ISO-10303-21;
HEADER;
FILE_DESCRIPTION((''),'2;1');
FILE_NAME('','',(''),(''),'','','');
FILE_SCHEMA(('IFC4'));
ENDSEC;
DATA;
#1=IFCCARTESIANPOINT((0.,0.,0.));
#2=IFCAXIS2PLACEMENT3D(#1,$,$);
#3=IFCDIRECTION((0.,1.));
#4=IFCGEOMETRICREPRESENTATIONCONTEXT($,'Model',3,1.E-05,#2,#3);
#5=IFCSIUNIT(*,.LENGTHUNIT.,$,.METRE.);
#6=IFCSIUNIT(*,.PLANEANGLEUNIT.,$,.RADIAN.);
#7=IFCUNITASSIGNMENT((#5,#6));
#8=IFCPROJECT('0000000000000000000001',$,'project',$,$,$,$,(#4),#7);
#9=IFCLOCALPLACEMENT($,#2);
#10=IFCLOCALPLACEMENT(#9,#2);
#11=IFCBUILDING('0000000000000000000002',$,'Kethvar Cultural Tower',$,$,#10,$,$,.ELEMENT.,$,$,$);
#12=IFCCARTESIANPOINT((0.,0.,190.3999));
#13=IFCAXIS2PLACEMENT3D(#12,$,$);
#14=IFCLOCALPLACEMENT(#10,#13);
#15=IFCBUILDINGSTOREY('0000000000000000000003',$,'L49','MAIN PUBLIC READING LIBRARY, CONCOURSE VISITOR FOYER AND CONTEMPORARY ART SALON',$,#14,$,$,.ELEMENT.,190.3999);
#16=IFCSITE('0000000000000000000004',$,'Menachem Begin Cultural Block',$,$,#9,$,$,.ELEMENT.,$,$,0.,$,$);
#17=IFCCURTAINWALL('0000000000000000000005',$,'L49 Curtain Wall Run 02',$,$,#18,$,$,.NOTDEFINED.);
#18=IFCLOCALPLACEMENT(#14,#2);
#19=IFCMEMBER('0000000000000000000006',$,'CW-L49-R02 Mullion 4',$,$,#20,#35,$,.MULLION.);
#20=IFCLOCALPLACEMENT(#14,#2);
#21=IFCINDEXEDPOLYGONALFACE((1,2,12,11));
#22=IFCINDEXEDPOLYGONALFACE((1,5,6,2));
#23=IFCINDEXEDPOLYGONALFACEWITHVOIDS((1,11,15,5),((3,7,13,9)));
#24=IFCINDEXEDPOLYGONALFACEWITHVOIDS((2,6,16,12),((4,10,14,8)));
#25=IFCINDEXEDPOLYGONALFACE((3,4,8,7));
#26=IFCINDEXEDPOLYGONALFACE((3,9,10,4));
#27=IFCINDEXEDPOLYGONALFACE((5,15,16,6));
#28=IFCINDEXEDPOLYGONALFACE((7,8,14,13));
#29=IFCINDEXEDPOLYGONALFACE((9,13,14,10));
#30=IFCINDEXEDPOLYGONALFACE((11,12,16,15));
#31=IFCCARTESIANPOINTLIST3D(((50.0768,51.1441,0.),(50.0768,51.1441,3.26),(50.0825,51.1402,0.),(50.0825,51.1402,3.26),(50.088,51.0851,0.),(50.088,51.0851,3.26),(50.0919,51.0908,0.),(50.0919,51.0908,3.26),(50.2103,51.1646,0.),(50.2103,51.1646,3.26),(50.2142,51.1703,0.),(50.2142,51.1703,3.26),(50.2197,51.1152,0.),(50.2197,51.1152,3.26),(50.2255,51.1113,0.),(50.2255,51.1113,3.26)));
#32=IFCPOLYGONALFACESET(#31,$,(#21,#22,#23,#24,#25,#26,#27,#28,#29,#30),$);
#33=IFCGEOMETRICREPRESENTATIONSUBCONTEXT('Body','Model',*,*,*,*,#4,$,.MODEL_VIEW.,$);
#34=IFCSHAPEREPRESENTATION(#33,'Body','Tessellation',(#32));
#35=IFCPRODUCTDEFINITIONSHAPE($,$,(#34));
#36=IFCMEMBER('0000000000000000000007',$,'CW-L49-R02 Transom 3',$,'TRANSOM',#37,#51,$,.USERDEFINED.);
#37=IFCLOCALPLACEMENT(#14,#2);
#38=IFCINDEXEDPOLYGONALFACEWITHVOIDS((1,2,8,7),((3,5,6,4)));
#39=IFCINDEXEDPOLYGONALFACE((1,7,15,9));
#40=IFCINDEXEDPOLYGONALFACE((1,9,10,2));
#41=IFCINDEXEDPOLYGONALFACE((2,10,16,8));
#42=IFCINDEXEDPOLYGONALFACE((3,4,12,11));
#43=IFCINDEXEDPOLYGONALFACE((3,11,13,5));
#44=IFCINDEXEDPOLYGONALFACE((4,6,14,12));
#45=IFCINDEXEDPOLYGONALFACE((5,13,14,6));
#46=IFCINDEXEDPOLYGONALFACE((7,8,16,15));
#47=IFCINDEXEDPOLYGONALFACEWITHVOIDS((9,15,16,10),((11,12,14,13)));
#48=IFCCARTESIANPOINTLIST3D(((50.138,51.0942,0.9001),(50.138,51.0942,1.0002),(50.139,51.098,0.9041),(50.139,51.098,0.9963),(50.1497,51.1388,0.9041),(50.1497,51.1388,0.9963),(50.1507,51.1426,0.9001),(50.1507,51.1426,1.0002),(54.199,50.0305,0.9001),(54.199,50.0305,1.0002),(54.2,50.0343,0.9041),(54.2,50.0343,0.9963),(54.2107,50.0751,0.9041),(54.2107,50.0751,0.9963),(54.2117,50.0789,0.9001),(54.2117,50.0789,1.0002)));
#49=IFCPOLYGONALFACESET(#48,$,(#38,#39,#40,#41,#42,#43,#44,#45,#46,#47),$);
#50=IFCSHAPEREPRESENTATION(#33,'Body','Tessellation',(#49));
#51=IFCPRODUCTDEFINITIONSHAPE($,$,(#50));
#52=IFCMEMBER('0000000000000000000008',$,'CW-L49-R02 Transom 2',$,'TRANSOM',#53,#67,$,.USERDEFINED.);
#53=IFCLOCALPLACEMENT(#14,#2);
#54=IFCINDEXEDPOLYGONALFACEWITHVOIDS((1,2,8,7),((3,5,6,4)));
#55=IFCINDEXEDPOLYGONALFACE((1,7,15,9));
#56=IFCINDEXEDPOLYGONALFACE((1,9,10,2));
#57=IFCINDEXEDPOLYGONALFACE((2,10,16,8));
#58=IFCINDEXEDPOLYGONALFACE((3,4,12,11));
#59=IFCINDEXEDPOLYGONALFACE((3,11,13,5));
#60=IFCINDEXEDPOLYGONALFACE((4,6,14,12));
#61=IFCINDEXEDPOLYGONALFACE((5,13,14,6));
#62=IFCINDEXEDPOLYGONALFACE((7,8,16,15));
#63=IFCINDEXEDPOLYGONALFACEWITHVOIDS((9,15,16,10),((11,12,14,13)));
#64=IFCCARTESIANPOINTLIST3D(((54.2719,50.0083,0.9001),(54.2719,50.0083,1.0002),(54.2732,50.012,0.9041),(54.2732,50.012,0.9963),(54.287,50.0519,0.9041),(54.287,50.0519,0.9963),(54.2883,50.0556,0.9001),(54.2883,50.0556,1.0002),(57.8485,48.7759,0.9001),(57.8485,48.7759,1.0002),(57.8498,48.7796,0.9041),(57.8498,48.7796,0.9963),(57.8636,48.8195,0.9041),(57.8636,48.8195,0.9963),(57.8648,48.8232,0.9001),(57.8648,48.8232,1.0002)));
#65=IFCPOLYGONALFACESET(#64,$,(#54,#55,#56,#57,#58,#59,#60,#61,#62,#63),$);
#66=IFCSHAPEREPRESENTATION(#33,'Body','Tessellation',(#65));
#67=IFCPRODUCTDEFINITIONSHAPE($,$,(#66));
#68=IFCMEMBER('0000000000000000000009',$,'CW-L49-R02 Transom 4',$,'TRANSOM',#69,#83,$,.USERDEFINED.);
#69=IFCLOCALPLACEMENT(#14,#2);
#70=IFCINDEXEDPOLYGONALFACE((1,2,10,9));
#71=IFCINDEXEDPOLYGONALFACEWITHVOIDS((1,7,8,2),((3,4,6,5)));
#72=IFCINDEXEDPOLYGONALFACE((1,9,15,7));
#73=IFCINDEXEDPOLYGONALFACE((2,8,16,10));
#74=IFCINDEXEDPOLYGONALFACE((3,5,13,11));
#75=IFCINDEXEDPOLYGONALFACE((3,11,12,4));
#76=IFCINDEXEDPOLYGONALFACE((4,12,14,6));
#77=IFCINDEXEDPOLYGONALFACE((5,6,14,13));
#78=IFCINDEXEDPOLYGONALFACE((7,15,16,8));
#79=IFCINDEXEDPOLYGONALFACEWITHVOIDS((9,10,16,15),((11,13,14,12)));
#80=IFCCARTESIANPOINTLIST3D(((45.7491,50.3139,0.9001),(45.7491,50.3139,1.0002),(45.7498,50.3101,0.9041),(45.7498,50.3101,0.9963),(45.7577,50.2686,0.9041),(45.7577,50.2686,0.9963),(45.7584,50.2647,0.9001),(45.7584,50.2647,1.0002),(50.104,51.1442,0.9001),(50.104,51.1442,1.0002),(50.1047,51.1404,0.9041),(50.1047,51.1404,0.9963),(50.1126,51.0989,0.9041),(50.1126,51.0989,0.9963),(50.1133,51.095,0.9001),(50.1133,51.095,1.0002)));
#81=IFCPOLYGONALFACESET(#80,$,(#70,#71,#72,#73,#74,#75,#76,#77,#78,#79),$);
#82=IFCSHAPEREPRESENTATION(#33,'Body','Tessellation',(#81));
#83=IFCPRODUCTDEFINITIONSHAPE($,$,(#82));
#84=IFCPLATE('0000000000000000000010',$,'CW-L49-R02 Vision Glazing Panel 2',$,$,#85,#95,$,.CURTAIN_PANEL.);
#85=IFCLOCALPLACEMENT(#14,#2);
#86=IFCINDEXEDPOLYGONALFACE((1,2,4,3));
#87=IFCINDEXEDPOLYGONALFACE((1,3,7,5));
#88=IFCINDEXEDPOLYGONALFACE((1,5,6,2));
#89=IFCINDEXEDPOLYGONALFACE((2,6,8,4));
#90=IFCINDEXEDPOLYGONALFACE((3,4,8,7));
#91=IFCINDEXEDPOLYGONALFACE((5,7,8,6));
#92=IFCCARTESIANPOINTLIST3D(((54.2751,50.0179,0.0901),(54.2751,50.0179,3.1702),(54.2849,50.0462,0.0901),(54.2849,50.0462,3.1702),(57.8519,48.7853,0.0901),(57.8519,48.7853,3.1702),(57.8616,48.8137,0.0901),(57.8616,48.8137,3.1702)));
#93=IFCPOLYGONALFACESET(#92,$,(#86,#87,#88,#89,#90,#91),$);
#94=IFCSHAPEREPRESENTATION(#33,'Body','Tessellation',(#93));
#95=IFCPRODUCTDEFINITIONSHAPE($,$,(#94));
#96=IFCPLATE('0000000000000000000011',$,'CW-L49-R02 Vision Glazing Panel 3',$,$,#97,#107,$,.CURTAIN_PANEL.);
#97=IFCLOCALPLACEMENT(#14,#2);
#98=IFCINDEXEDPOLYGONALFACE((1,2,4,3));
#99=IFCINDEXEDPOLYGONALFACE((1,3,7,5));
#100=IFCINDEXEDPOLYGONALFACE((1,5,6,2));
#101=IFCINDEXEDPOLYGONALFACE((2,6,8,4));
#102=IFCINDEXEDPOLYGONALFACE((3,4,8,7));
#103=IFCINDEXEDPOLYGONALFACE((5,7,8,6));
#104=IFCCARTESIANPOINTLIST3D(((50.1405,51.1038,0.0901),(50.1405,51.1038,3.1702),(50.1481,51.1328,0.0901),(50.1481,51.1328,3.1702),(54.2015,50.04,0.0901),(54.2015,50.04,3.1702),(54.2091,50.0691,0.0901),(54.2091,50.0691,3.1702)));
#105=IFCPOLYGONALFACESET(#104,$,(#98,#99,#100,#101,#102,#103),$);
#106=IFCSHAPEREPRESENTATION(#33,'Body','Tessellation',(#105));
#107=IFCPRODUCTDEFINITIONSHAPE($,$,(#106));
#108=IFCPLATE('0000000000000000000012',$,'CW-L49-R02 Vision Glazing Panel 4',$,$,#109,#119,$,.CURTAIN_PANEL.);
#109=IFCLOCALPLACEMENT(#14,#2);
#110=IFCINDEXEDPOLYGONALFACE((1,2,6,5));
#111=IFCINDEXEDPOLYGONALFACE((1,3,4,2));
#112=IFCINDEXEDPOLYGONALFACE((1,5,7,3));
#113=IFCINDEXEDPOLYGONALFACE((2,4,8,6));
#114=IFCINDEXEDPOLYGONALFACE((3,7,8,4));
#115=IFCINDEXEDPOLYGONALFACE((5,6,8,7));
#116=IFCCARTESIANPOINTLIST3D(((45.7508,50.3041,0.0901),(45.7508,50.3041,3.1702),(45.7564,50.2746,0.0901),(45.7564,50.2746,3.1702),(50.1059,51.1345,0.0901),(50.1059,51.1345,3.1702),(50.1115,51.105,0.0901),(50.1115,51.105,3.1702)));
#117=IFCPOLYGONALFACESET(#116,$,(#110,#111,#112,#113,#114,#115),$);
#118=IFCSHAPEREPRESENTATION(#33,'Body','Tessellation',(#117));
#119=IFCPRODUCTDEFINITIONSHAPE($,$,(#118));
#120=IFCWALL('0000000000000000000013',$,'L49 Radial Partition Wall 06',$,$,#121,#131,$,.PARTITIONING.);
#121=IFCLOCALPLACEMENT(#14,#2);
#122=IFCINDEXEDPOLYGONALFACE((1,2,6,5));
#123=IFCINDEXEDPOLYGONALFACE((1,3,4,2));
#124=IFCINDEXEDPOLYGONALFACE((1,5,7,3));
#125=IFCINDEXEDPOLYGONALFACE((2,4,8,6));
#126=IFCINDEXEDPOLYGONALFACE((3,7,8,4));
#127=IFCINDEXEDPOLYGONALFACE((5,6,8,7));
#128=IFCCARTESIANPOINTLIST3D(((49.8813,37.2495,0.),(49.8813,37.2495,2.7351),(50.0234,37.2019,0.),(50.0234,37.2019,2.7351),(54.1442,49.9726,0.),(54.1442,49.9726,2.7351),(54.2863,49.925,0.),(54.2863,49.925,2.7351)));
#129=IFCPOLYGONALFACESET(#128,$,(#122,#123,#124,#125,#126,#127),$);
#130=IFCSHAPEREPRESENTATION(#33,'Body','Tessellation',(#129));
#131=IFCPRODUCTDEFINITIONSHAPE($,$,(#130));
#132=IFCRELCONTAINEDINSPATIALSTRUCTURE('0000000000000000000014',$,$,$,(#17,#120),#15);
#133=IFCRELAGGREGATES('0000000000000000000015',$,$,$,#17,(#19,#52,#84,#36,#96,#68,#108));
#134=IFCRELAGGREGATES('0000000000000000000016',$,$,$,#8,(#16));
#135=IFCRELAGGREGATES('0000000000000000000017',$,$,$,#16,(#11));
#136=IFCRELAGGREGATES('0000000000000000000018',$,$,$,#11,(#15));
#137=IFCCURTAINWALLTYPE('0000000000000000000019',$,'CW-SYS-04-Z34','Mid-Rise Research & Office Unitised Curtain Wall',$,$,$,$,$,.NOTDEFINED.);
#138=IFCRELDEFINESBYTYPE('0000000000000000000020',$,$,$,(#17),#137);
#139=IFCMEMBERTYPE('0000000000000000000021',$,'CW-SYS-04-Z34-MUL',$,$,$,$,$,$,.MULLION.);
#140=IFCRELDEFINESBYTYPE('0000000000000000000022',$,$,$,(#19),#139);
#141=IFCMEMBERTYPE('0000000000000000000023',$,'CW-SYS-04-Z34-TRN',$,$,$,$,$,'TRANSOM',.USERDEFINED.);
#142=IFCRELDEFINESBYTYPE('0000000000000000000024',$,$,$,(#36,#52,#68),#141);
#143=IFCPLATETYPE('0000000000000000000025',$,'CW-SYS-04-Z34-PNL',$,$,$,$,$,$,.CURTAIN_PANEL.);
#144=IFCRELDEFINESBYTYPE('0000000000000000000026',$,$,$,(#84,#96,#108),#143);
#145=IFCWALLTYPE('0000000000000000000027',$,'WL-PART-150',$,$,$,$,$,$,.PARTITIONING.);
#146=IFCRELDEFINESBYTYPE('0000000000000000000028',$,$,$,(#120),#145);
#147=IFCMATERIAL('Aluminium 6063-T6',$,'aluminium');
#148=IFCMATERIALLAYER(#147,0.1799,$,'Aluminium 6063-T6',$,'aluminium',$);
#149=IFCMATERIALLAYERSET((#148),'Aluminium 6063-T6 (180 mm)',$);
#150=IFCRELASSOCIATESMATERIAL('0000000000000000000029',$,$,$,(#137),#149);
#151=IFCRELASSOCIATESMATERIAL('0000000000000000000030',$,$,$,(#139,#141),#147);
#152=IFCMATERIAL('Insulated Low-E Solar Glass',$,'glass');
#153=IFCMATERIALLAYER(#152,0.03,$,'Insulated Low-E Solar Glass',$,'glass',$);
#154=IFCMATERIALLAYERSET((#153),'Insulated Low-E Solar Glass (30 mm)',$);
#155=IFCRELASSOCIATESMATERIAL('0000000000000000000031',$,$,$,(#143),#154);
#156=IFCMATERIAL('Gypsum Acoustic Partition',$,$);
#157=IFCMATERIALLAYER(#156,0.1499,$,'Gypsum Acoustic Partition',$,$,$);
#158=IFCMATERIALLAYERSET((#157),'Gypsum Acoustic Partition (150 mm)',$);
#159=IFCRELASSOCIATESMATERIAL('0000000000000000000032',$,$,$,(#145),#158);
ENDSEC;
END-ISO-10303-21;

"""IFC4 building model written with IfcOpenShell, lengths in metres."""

from ifc_helpers import new_model, si_unit, direction, frame, frame_2d, origin, origin_2d, place, context, subcontext, project, spatial, rectangle, hollow_rectangle, extrude, source, transform, mapped, material, layer, layer_set, material_profile, profile_set, type_object, element, aggregate, save


model = new_model("IFC4")

# Units and contexts
model_context = context("Model", 3, precision=1e-05, world=origin(), true_north=direction((0.0, 1.0)))
body_context = subcontext(model_context, "Body", "Model", "MODEL_VIEW")
ifc_project = project(units=[si_unit("LENGTHUNIT", "METRE"), si_unit("PLANEANGLEUNIT", "RADIAN")], contexts=[model_context])

# Site, building, storey
site_placement = place(None, origin())
site = spatial("IfcSite", under=ifc_project, at=site_placement, Name="Menachem Begin Cultural Block", CompositionType="ELEMENT", RefElevation=0.0)
building_placement = place(site_placement, origin())
building = spatial("IfcBuilding", under=site, at=building_placement, Name="Kethvar Cultural Tower", CompositionType="ELEMENT")
storey_placement = place(building_placement, frame((0.0, 0.0, 190.3999)))
storey = spatial("IfcBuildingStorey", under=building, at=storey_placement, Name="L49", Description="MAIN PUBLIC READING LIBRARY, CONCOURSE VISITOR FOYER AND CONTEMPORARY ART SALON", CompositionType="ELEMENT", Elevation=190.3999)

# Curtain wall, members, plates
ifc_material_1 = material(Name="Aluminium 6063-T6", Category="aluminium")
ifc_layer_1 = layer(ifc_material_1, 0.1799, Name="Aluminium 6063-T6", Category="aluminium")
ifc_layer_set_1 = layer_set([ifc_layer_1], Name="Aluminium 6063-T6 (180 mm)")
curtain_wall_type = type_object("IfcCurtainWallType", Name="CW-SYS-04-Z34", Description="Mid-Rise Research & Office Unitised Curtain Wall", PredefinedType="NOTDEFINED", material=ifc_layer_set_1)
curtain_wall_placement = place(storey_placement, origin())
curtain_wall = element("IfcCurtainWall", 1, at=curtain_wall_placement, inside=storey, type_object=curtain_wall_type, Name="L49 Curtain Wall Run 02", PredefinedType="NOTDEFINED")
ifc_material_profile_1 = material_profile(ifc_material_1, hollow_rectangle(XDim=0.0601, YDim=0.1399, WallThickness=0.0049, at=origin_2d()), Name="Aluminium 6063-T6 — RHS140x60x5")
ifc_profile_set_1 = profile_set([ifc_material_profile_1], Name="Aluminium 6063-T6 — RHS140x60x5")
member_type_1 = type_object("IfcMemberType", Name="CW-SYS-04-Z34-MUL", PredefinedType="MULLION", material=ifc_profile_set_1)
shared_shape_1 = source(origin(), body_context, "Body", "SweptSolid", [
    extrude(hollow_rectangle(XDim=0.0601, YDim=0.1399, WallThickness=0.0049, at=origin_2d()), origin(), (0.0, 0.0, 1.0), 3.26),
])
member_1_placement = place(storey_placement, frame((50.1511, 51.1277, 0.0), z_axis=(0.0, 0.0, 1.0), x_axis=(0.187296, -0.982304, 0.0)))
member_1 = element("IfcMember", 2, at=member_1_placement, type_object=member_type_1, Name="CW-L49-R02 Mullion 4", PredefinedType="MULLION", context=body_context, shape_type="MappedRepresentation", body=[
    mapped(shared_shape_1, transform((0.0, 0.0, 0.0), scale=1.0)),
])
ifc_material_profile_2 = material_profile(ifc_material_1, hollow_rectangle(XDim=0.05, YDim=0.1001, WallThickness=0.0039, at=origin_2d()), Name="Aluminium 6063-T6 — RHS100x50x4")
ifc_profile_set_2 = profile_set([ifc_material_profile_2], Name="Aluminium 6063-T6 — RHS100x50x4")
member_type_2 = type_object("IfcMemberType", Name="CW-SYS-04-Z34-TRN", ElementType="TRANSOM", PredefinedType="USERDEFINED", material=ifc_profile_set_2)
shared_shape_2 = source(origin(), body_context, "Body", "SweptSolid", [
    extrude(hollow_rectangle(XDim=0.05, YDim=0.1001, WallThickness=0.0039, at=origin_2d()), origin(), (0.0, 0.0, 1.0), 4.198),
])
member_2_placement = place(storey_placement, frame((54.2053, 50.0547, 0.9502), z_axis=(-0.967365, 0.253385, 0.0), x_axis=(-0.253385, -0.967365, 0.0)))
member_2 = element("IfcMember", 3, at=member_2_placement, type_object=member_type_2, Name="CW-L49-R02 Transom 3", ObjectType="TRANSOM", PredefinedType="USERDEFINED", context=body_context, shape_type="MappedRepresentation", body=[
    mapped(shared_shape_2, transform((0.0, 0.0, 0.0), scale=1.0)),
])
shared_shape_3 = source(origin(), body_context, "Body", "SweptSolid", [
    extrude(hollow_rectangle(XDim=0.05, YDim=0.1001, WallThickness=0.0039, at=origin_2d()), origin(), (0.0, 0.0, 1.0), 3.783),
])
member_3_placement = place(storey_placement, frame((57.8567, 48.7996, 0.9502), z_axis=(-0.945447, 0.325776, 0.0), x_axis=(-0.325776, -0.945447, 0.0)))
member_3 = element("IfcMember", 4, at=member_3_placement, type_object=member_type_2, Name="CW-L49-R02 Transom 2", ObjectType="TRANSOM", PredefinedType="USERDEFINED", context=body_context, shape_type="MappedRepresentation", body=[
    mapped(shared_shape_3, transform((0.0, 0.0, 0.0), scale=1.0)),
])
shared_shape_4 = source(origin(), body_context, "Body", "SweptSolid", [
    extrude(hollow_rectangle(XDim=0.05, YDim=0.1001, WallThickness=0.0039, at=origin_2d()), origin(), (0.0, 0.0, 1.0), 4.4333),
])
member_4_placement = place(storey_placement, frame((50.1086, 51.1196, 0.9502), z_axis=(-0.982305, -0.187287, 0.0), x_axis=(0.187287, -0.982305, 0.0)))
member_4 = element("IfcMember", 5, at=member_4_placement, type_object=member_type_2, Name="CW-L49-R02 Transom 4", ObjectType="TRANSOM", PredefinedType="USERDEFINED", context=body_context, shape_type="MappedRepresentation", body=[
    mapped(shared_shape_4, transform((0.0, 0.0, 0.0), scale=1.0)),
])
ifc_material_2 = material(Name="Insulated Low-E Solar Glass", Category="glass")
ifc_layer_2 = layer(ifc_material_2, 0.03, Name="Insulated Low-E Solar Glass", Category="glass")
ifc_layer_set_2 = layer_set([ifc_layer_2], Name="Insulated Low-E Solar Glass (30 mm)")
plate_type = type_object("IfcPlateType", Name="CW-SYS-04-Z34-PNL", PredefinedType="CURTAIN_PANEL", material=ifc_layer_set_2)
shared_shape_5 = source(origin(), body_context, "Body", "SweptSolid", [
    extrude(rectangle(XDim=3.7832, YDim=0.03, at=origin_2d()), origin(), (0.0, 0.0, 1.0), 3.0801),
])
plate_1_placement = place(storey_placement, frame((56.0684, 49.4158, 0.0901), z_axis=(0.0, 0.0, 1.0), x_axis=(-0.945439, 0.325799, 0.0)))
plate_1 = element("IfcPlate", 6, at=plate_1_placement, type_object=plate_type, Name="CW-L49-R02 Vision Glazing Panel 2", PredefinedType="CURTAIN_PANEL", context=body_context, shape_type="MappedRepresentation", body=[
    mapped(shared_shape_5, transform((0.0, 0.0, 0.0), scale=1.0)),
])
shared_shape_6 = source(origin(), body_context, "Body", "SweptSolid", [
    extrude(rectangle(XDim=4.198, YDim=0.03, at=origin_2d()), origin(), (0.0, 0.0, 1.0), 3.0801),
])
plate_2_placement = place(storey_placement, frame((52.1748, 50.5864, 0.0901), z_axis=(0.0, 0.0, 1.0), x_axis=(-0.967361, 0.253403, 0.0)))
plate_2 = element("IfcPlate", 7, at=plate_2_placement, type_object=plate_type, Name="CW-L49-R02 Vision Glazing Panel 3", PredefinedType="CURTAIN_PANEL", context=body_context, shape_type="MappedRepresentation", body=[
    mapped(shared_shape_6, transform((0.0, 0.0, 0.0), scale=1.0)),
])
shared_shape_7 = source(origin(), body_context, "Body", "SweptSolid", [
    extrude(rectangle(XDim=4.4336, YDim=0.03, at=origin_2d()), origin(), (0.0, 0.0, 1.0), 3.0801),
])
plate_3_placement = place(storey_placement, frame((47.9312, 50.7046, 0.0901), z_axis=(0.0, 0.0, 1.0), x_axis=(-0.982304, -0.187296, 0.0)))
plate_3 = element("IfcPlate", 8, at=plate_3_placement, type_object=plate_type, Name="CW-L49-R02 Vision Glazing Panel 4", PredefinedType="CURTAIN_PANEL", context=body_context, shape_type="MappedRepresentation", body=[
    mapped(shared_shape_7, transform((0.0, 0.0, 0.0), scale=1.0)),
])
aggregate(curtain_wall, [member_1, member_3, plate_1, member_2, plate_2, member_4, plate_3])

# Wall
ifc_material_3 = material(Name="Gypsum Acoustic Partition")
ifc_layer_3 = layer(ifc_material_3, 0.1499, Name="Gypsum Acoustic Partition")
ifc_layer_set_3 = layer_set([ifc_layer_3], Name="Gypsum Acoustic Partition (150 mm)")
wall_type = type_object("IfcWallType", Name="WL-PART-150", PredefinedType="PARTITIONING", material=ifc_layer_set_3)
wall_placement = place(storey_placement, frame((49.9524, 37.2258, 0.0), z_axis=(0.0, 0.0, 1.0), x_axis=(0.317696, 0.948193, 0.0)))
element("IfcWall", 9, at=wall_placement, inside=storey, type_object=wall_type, Name="L49 Radial Partition Wall 06", PredefinedType="PARTITIONING", context=body_context, shape_type="SweptSolid", body=[
    extrude(rectangle(XDim=13.4182, YDim=0.1499, at=frame_2d((6.709, 0.0))), origin(), (0.0, 0.0, 1.0), 2.7351),
])

save(model, "model.ifc")
